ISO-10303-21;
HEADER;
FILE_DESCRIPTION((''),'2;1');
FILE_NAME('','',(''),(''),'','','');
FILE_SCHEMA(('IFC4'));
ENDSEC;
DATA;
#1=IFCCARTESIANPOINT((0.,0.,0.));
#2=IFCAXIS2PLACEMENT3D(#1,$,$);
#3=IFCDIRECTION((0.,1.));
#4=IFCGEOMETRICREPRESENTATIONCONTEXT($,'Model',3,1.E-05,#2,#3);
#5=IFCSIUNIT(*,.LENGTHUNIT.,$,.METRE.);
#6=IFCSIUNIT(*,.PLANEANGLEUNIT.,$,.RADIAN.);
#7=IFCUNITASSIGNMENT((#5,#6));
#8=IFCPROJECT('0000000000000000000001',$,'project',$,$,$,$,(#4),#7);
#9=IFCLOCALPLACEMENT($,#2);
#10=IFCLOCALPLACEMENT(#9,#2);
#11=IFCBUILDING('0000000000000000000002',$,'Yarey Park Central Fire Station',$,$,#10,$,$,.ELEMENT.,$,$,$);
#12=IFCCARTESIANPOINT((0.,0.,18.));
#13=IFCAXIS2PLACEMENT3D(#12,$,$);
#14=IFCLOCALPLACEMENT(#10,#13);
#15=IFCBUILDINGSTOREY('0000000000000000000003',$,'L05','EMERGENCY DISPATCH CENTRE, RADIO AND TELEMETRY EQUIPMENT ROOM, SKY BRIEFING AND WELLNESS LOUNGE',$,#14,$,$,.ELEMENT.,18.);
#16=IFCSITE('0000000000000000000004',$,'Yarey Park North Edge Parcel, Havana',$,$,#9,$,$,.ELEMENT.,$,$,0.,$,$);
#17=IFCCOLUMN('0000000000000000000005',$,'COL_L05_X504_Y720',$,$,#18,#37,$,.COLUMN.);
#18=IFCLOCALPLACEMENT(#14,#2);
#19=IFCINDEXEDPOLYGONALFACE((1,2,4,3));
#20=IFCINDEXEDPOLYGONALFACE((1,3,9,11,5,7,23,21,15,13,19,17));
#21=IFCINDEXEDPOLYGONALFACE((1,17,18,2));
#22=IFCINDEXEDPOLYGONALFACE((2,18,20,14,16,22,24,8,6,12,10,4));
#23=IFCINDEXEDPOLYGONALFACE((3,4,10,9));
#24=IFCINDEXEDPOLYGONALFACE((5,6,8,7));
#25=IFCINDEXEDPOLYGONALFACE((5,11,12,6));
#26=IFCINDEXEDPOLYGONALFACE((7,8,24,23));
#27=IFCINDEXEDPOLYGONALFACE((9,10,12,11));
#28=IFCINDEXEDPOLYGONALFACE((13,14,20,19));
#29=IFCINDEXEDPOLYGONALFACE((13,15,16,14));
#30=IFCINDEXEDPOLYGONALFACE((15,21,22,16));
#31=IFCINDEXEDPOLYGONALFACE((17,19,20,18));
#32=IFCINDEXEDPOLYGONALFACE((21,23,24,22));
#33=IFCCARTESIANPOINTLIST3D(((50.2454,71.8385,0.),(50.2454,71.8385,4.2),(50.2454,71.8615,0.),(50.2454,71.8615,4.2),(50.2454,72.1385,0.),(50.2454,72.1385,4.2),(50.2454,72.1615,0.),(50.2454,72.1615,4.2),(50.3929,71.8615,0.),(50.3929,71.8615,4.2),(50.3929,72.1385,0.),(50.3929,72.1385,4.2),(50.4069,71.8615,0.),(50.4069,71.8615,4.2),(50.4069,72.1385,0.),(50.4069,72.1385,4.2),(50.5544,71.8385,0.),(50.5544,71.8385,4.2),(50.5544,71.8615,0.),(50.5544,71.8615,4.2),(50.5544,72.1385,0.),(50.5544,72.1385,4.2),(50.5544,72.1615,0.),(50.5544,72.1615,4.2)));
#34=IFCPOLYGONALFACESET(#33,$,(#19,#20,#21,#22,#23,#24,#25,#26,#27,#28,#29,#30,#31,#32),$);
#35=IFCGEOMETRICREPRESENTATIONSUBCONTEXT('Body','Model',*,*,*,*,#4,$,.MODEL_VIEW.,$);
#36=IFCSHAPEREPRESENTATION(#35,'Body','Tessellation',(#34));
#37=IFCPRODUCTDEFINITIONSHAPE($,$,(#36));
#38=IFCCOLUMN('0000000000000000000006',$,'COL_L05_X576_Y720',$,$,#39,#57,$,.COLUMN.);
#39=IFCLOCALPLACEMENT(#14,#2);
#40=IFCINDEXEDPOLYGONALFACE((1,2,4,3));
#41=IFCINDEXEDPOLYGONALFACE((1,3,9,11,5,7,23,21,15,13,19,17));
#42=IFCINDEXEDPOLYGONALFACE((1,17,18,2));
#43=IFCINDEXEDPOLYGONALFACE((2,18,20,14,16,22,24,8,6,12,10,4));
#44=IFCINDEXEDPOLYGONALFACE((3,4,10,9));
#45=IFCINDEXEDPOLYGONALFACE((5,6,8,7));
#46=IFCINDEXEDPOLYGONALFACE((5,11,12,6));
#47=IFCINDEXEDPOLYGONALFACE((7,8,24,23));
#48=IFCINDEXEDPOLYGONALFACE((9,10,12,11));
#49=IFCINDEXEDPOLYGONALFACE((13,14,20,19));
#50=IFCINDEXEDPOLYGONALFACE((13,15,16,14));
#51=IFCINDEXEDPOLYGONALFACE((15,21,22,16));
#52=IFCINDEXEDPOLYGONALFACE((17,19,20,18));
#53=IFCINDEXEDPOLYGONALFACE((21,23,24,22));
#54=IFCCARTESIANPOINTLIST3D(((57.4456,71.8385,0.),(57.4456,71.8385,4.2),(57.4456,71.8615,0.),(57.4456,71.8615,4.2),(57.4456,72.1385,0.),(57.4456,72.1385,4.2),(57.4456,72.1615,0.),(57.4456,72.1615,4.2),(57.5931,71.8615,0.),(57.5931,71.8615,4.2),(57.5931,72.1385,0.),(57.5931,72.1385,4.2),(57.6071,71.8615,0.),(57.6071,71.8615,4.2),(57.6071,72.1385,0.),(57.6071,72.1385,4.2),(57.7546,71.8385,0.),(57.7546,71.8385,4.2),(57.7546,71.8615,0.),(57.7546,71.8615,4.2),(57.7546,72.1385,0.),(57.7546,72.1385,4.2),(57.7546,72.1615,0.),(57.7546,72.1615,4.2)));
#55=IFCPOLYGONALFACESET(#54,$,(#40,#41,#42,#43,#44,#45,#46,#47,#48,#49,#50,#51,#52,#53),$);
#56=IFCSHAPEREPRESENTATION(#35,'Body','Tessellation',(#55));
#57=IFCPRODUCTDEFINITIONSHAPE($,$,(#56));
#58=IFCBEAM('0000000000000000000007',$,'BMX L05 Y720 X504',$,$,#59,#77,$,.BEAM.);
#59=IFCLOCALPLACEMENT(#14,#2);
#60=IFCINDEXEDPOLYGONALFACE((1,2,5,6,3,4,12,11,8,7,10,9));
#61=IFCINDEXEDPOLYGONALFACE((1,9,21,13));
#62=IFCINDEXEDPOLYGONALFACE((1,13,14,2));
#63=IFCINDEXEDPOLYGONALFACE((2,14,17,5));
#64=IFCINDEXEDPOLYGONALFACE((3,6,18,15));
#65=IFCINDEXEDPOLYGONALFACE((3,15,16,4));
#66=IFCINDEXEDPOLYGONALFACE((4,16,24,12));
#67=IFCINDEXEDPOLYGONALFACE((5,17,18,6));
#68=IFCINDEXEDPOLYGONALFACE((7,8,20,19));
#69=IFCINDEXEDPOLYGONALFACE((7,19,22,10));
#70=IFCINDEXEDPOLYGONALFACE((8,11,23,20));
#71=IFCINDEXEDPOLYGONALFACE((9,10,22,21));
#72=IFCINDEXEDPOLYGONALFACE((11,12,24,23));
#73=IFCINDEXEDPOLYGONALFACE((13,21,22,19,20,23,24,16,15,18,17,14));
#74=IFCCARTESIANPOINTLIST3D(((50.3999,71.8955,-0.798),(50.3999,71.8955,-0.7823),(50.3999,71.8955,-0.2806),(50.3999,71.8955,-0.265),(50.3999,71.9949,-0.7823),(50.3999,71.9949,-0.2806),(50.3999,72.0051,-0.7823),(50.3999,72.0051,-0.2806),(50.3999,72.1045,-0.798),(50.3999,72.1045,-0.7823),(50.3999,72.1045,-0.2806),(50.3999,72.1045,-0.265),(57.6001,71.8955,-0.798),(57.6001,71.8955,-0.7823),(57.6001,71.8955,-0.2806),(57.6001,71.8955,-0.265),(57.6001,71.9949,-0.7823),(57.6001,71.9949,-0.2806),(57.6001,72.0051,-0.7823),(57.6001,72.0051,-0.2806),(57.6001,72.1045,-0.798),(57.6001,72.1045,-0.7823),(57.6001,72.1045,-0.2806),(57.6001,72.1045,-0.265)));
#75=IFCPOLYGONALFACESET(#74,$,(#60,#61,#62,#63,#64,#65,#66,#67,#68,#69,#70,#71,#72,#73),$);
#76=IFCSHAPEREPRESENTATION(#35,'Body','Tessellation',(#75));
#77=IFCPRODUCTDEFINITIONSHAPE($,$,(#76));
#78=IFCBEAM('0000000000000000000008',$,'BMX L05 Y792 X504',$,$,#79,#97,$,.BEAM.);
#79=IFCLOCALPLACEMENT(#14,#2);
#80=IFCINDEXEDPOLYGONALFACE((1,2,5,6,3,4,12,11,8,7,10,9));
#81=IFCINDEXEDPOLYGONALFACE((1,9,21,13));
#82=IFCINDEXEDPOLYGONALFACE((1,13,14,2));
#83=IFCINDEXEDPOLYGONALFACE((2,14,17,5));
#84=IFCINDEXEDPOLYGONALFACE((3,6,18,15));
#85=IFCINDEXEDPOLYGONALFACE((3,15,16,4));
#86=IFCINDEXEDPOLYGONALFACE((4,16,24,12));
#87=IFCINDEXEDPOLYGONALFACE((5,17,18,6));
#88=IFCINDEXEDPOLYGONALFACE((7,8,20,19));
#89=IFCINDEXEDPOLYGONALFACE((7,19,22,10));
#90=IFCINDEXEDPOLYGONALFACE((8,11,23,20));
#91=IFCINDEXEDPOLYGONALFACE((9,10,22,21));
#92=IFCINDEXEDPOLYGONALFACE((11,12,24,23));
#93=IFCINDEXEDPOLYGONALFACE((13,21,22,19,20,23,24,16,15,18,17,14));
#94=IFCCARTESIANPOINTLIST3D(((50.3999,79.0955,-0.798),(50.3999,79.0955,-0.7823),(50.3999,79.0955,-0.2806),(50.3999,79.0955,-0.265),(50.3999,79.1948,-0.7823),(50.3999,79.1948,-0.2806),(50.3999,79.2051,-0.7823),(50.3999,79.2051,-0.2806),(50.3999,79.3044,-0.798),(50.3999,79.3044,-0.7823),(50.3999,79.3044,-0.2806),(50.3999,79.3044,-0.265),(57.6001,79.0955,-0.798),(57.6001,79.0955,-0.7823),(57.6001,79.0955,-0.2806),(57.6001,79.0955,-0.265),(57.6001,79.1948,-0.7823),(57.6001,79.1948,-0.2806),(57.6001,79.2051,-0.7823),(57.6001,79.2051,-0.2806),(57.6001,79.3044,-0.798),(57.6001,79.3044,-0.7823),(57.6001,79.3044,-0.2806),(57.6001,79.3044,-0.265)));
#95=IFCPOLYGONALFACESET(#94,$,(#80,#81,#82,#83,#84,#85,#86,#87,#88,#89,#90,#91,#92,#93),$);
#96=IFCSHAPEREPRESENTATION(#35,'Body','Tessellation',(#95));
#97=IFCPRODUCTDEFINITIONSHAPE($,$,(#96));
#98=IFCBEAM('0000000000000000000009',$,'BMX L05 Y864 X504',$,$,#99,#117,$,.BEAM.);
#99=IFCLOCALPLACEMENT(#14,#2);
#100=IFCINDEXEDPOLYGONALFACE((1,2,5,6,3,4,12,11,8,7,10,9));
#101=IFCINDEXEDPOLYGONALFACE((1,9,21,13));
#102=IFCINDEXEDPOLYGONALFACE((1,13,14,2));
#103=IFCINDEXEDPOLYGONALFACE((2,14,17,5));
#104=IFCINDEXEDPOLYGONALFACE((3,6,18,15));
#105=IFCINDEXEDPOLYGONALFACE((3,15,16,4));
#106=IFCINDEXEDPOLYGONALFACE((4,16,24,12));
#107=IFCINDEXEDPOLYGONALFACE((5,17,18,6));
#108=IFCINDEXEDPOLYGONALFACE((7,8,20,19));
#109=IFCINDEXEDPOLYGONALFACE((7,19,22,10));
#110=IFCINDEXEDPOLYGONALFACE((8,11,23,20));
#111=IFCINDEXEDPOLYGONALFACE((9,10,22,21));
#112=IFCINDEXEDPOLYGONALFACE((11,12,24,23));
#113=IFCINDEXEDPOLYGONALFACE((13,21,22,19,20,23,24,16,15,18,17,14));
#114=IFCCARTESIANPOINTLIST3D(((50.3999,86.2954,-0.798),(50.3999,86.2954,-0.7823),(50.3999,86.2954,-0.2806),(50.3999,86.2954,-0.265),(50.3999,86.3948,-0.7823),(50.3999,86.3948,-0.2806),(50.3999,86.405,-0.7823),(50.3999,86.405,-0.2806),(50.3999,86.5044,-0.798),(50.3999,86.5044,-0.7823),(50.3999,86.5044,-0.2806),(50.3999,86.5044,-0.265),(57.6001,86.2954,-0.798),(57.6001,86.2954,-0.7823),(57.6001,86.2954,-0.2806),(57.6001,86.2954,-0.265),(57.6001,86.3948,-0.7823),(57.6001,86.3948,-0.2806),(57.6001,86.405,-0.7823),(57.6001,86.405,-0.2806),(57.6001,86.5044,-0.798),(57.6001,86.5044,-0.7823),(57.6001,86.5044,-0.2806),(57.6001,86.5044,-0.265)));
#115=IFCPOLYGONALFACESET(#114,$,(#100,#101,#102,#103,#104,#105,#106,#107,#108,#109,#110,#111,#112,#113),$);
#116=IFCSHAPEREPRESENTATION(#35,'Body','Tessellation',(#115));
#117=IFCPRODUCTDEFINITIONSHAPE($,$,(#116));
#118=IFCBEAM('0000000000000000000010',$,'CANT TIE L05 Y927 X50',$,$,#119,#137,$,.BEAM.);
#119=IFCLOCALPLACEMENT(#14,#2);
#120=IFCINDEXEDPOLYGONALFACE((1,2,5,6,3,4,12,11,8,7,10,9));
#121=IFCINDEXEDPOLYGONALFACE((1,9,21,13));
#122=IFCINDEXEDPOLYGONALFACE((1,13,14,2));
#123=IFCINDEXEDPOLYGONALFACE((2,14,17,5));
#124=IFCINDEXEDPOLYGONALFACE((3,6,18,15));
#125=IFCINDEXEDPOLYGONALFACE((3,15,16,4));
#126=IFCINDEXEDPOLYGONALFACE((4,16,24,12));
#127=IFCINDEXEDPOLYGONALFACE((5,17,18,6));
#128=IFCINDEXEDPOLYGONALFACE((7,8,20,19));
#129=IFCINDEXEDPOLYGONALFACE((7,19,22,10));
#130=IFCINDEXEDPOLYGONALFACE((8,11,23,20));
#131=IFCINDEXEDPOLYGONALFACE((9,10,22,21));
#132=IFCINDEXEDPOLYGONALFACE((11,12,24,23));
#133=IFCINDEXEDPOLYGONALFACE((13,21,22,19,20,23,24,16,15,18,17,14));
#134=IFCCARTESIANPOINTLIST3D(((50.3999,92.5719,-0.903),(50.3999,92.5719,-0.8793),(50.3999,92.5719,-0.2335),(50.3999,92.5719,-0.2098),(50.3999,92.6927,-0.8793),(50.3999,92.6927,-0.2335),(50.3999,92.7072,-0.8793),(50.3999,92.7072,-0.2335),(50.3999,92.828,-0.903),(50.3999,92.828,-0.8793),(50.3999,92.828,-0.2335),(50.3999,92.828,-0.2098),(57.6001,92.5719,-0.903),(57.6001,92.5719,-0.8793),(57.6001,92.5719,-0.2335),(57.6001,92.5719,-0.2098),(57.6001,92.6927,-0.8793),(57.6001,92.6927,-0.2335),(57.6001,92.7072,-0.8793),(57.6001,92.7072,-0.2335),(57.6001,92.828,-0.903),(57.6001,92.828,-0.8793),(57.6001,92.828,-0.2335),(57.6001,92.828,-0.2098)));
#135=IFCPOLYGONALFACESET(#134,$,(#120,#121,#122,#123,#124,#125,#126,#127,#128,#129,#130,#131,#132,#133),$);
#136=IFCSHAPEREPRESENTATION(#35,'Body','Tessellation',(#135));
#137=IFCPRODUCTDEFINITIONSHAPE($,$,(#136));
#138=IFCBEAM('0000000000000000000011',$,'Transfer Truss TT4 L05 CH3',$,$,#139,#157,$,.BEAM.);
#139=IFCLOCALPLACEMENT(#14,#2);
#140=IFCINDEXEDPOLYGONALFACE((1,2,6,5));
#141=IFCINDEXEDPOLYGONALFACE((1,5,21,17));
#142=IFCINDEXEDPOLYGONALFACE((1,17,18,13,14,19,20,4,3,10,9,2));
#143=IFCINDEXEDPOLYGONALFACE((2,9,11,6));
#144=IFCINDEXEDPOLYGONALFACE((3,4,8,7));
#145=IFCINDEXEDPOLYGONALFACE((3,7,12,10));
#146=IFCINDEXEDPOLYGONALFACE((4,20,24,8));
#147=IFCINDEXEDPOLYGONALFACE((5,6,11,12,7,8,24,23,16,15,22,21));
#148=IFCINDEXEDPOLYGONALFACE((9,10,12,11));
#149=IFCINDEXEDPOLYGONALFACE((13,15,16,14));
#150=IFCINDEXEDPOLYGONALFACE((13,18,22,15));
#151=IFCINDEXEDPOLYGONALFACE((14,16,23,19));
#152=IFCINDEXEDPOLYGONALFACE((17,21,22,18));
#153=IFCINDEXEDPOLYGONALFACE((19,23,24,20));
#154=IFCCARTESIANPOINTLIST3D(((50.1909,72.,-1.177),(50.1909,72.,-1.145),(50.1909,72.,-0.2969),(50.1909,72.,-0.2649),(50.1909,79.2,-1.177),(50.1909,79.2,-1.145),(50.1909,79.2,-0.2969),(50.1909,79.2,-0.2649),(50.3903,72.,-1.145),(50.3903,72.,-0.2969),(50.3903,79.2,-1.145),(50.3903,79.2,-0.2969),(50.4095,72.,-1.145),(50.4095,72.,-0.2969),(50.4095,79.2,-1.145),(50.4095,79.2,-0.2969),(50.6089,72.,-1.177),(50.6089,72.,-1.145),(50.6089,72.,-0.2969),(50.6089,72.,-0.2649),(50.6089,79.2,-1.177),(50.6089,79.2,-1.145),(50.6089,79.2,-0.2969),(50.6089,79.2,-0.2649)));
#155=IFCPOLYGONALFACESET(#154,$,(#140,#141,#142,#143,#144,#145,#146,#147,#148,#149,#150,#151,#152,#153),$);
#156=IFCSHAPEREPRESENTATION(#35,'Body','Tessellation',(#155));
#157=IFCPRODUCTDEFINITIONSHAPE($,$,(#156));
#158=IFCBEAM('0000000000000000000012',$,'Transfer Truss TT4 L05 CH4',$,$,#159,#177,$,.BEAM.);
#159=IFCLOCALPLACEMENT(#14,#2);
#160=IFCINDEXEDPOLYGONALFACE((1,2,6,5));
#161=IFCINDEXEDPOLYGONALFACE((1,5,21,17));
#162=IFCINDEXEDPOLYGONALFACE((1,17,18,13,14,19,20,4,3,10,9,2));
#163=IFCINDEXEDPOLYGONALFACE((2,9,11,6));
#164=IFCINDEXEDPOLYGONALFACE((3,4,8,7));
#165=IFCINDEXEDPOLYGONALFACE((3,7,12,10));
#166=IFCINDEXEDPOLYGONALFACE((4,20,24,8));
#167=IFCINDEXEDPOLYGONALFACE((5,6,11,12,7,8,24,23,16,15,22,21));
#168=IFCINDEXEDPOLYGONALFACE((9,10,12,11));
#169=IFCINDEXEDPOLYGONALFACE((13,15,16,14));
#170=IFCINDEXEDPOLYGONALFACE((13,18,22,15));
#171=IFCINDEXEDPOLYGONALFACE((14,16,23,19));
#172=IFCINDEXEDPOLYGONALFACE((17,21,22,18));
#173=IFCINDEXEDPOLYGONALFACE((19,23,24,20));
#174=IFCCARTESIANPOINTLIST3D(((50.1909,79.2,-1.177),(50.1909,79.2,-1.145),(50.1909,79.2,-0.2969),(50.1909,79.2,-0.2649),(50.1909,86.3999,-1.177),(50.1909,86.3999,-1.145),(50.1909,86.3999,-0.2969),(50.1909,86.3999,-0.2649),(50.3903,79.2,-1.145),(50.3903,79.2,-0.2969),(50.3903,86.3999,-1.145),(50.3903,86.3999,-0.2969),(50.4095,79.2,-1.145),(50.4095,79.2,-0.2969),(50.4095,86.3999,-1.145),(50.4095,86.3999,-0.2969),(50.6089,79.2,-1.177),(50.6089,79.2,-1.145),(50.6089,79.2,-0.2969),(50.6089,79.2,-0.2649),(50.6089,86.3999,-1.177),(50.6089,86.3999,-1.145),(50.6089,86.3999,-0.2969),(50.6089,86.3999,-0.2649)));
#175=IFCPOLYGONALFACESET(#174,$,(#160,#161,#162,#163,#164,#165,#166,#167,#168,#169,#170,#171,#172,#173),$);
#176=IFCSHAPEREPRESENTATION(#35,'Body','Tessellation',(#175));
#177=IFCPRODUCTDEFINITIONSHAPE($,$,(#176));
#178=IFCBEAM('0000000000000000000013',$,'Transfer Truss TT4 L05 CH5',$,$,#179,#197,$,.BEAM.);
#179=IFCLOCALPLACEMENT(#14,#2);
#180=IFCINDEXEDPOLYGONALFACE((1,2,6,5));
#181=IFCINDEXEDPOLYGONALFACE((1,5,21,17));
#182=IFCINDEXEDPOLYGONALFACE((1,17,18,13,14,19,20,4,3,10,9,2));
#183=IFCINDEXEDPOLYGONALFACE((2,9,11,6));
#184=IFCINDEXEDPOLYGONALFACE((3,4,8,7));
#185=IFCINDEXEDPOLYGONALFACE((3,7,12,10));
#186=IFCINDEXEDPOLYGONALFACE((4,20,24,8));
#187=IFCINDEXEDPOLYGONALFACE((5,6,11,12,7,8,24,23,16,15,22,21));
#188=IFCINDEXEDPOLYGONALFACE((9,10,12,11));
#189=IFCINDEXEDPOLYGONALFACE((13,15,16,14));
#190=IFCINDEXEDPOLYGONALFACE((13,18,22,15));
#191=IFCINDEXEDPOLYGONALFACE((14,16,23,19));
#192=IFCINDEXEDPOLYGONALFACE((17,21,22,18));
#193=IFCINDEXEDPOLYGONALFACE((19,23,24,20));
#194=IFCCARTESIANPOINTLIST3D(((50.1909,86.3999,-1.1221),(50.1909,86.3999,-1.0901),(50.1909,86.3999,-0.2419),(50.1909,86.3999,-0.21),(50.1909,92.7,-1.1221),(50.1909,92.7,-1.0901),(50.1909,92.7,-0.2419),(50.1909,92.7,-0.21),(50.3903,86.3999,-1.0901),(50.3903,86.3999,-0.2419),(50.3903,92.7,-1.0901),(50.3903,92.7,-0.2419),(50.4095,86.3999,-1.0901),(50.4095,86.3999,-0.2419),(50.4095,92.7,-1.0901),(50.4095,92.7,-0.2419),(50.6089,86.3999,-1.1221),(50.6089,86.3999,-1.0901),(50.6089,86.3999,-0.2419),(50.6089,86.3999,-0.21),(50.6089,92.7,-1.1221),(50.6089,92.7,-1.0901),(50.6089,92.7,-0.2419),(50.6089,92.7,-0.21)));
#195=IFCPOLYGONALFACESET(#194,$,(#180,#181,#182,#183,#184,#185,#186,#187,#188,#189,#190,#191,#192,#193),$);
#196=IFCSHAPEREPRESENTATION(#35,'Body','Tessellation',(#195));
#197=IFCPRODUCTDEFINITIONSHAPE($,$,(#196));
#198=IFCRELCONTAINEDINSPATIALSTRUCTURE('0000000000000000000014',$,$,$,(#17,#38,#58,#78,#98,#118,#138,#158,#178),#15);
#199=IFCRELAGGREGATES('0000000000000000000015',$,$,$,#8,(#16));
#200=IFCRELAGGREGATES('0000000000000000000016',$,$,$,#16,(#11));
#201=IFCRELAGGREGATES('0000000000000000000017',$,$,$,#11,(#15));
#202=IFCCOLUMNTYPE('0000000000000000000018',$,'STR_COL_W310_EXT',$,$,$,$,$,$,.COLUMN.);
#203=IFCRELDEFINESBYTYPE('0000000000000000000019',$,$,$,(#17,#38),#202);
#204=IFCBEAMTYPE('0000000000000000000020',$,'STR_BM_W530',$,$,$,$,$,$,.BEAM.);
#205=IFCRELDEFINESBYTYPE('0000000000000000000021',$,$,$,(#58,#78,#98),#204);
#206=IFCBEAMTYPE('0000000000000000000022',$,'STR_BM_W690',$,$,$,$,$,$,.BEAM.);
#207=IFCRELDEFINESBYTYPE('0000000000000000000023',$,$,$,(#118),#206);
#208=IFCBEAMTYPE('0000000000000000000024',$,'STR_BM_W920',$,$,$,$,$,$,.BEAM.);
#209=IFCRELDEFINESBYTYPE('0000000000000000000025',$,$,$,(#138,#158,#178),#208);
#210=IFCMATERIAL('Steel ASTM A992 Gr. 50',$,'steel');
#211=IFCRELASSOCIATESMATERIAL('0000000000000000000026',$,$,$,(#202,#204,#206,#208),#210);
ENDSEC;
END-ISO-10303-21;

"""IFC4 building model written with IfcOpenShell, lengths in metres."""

from ifc_helpers import new_model, si_unit, direction, frame, origin, origin_2d, place, context, subcontext, project, spatial, i_section, extrude, material, material_profile, profile_set, type_object, element, save


model = new_model("IFC4")

# Units and contexts
model_context = context("Model", 3, precision=1e-05, world=origin(), true_north=direction((0.0, 1.0)))
body_context = subcontext(model_context, "Body", "Model", "MODEL_VIEW")
ifc_project = project(units=[si_unit("LENGTHUNIT", "METRE"), si_unit("PLANEANGLEUNIT", "RADIAN")], contexts=[model_context])

# Site, building, storey
site_placement = place(None, origin())
site = spatial("IfcSite", under=ifc_project, at=site_placement, Name="Yarey Park North Edge Parcel, Havana", CompositionType="ELEMENT", RefElevation=0.0)
building_placement = place(site_placement, origin())
building = spatial("IfcBuilding", under=site, at=building_placement, Name="Yarey Park Central Fire Station", CompositionType="ELEMENT")
storey_placement = place(building_placement, frame((0.0, 0.0, 18.0)))
storey = spatial("IfcBuildingStorey", under=building, at=storey_placement, Name="L05", Description="EMERGENCY DISPATCH CENTRE, RADIO AND TELEMETRY EQUIPMENT ROOM, SKY BRIEFING AND WELLNESS LOUNGE", CompositionType="ELEMENT", Elevation=18.0)

# Columns
ifc_material_1 = material(Name="Steel ASTM A992 Gr. 50", Category="steel")
ifc_material_profile_1 = material_profile(ifc_material_1, i_section(OverallWidth=0.3091, OverallDepth=0.323, WebThickness=0.0139, FlangeThickness=0.0229, at=origin_2d()), Name="W310x143")
ifc_profile_set_1 = profile_set([ifc_material_profile_1], Name="Steel ASTM A992 Gr. 50")
column_type = type_object("IfcColumnType", Name="STR_COL_W310_EXT", PredefinedType="COLUMN", material=ifc_profile_set_1)
for number, where, z_axis, x_axis, name in (
    (1, (50.3999, 72.0, 0.0), (0.0, 0.0, 1.0), (1.0, 0.0, 0.0), "COL_L05_X504_Y720"),
    (2, (57.6001, 72.0, 0.0), (0.0, 0.0, 1.0), (1.0, 0.0, 0.0), "COL_L05_X576_Y720"),
):
    element("IfcColumn", number, at=place(storey_placement, frame(where, z_axis=z_axis, x_axis=x_axis)), inside=storey, type_object=column_type, Name=name, PredefinedType="COLUMN", context=body_context, shape_type="SweptSolid", body=[
        extrude(i_section(OverallWidth=0.3091, OverallDepth=0.323, WebThickness=0.0139, FlangeThickness=0.0229, at=origin_2d()), origin(), (0.0, 0.0, 1.0), 4.2),
    ])

# Beams
ifc_material_profile_2 = material_profile(ifc_material_1, i_section(OverallWidth=0.209, OverallDepth=0.533, WebThickness=0.0103, FlangeThickness=0.0156, at=origin_2d()), Name="W530x92")
ifc_profile_set_2 = profile_set([ifc_material_profile_2], Name="Steel ASTM A992 Gr. 50")
beam_type_1 = type_object("IfcBeamType", Name="STR_BM_W530", PredefinedType="BEAM", material=ifc_profile_set_2)
for number, where, z_axis, x_axis, name in (
    (3, (50.3999, 72.0, -0.5315), (1.0, 0.0, 0.0), (0.0, 1.0, 0.0), "BMX L05 Y720 X504"),
    (4, (50.3999, 79.2, -0.5315), (1.0, 0.0, 0.0), (0.0, 1.0, 0.0), "BMX L05 Y792 X504"),
    (5, (50.3999, 86.3999, -0.5315), (1.0, 0.0, 0.0), (0.0, 1.0, 0.0), "BMX L05 Y864 X504"),
):
    element("IfcBeam", number, at=place(storey_placement, frame(where, z_axis=z_axis, x_axis=x_axis)), inside=storey, type_object=beam_type_1, Name=name, PredefinedType="BEAM", context=body_context, shape_type="SweptSolid", body=[
        extrude(i_section(OverallWidth=0.209, OverallDepth=0.533, WebThickness=0.0103, FlangeThickness=0.0156, at=origin_2d()), origin(), (0.0, 0.0, 1.0), 7.2002),
    ])
ifc_material_profile_3 = material_profile(ifc_material_1, i_section(OverallWidth=0.2561, OverallDepth=0.6931, WebThickness=0.0144, FlangeThickness=0.0237, at=origin_2d()), Name="W690x170")
ifc_profile_set_3 = profile_set([ifc_material_profile_3], Name="Steel ASTM A992 Gr. 50")
beam_type_2 = type_object("IfcBeamType", Name="STR_BM_W690", PredefinedType="BEAM", material=ifc_profile_set_3)
beam_1_placement = place(storey_placement, frame((50.3999, 92.7, -0.5564), z_axis=(1.0, 0.0, 0.0), x_axis=(0.0, 1.0, 0.0)))
element("IfcBeam", 6, at=beam_1_placement, inside=storey, type_object=beam_type_2, Name="CANT TIE L05 Y927 X50", PredefinedType="BEAM", context=body_context, shape_type="SweptSolid", body=[
    extrude(i_section(OverallWidth=0.2561, OverallDepth=0.6931, WebThickness=0.0144, FlangeThickness=0.0237, at=origin_2d()), origin(), (0.0, 0.0, 1.0), 7.2002),
])
ifc_material_profile_4 = material_profile(ifc_material_1, i_section(OverallWidth=0.418, OverallDepth=0.9121, WebThickness=0.0193, FlangeThickness=0.032, at=origin_2d()), Name="W920x342")
ifc_profile_set_4 = profile_set([ifc_material_profile_4], Name="Steel ASTM A992 Gr. 50")
beam_type_3 = type_object("IfcBeamType", Name="STR_BM_W920", PredefinedType="BEAM", material=ifc_profile_set_4)
for number, where, z_axis, x_axis, name in (
    (7, (50.3999, 72.0, -0.7209), (0.0, 1.0, 0.0), (-1.0, 0.0, 0.0), "Transfer Truss TT4 L05 CH3"),
    (8, (50.3999, 79.2, -0.7209), (0.0, 1.0, 0.0), (-1.0, 0.0, 0.0), "Transfer Truss TT4 L05 CH4"),
):
    element("IfcBeam", number, at=place(storey_placement, frame(where, z_axis=z_axis, x_axis=x_axis)), inside=storey, type_object=beam_type_3, Name=name, PredefinedType="BEAM", context=body_context, shape_type="SweptSolid", body=[
        extrude(i_section(OverallWidth=0.418, OverallDepth=0.9121, WebThickness=0.0193, FlangeThickness=0.032, at=origin_2d()), origin(), (0.0, 0.0, 1.0), 7.2),
    ])
for number, where, z_axis, x_axis, name in (
    (9, (50.3999, 86.3999, -0.666), (0.0, 1.0, 0.0), (-1.0, 0.0, 0.0), "Transfer Truss TT4 L05 CH5"),
):
    element("IfcBeam", number, at=place(storey_placement, frame(where, z_axis=z_axis, x_axis=x_axis)), inside=storey, type_object=beam_type_3, Name=name, PredefinedType="BEAM", context=body_context, shape_type="SweptSolid", body=[
        extrude(i_section(OverallWidth=0.418, OverallDepth=0.9121, WebThickness=0.0193, FlangeThickness=0.032, at=origin_2d()), origin(), (0.0, 0.0, 1.0), 6.3),
    ])

save(model, "model.ifc")
